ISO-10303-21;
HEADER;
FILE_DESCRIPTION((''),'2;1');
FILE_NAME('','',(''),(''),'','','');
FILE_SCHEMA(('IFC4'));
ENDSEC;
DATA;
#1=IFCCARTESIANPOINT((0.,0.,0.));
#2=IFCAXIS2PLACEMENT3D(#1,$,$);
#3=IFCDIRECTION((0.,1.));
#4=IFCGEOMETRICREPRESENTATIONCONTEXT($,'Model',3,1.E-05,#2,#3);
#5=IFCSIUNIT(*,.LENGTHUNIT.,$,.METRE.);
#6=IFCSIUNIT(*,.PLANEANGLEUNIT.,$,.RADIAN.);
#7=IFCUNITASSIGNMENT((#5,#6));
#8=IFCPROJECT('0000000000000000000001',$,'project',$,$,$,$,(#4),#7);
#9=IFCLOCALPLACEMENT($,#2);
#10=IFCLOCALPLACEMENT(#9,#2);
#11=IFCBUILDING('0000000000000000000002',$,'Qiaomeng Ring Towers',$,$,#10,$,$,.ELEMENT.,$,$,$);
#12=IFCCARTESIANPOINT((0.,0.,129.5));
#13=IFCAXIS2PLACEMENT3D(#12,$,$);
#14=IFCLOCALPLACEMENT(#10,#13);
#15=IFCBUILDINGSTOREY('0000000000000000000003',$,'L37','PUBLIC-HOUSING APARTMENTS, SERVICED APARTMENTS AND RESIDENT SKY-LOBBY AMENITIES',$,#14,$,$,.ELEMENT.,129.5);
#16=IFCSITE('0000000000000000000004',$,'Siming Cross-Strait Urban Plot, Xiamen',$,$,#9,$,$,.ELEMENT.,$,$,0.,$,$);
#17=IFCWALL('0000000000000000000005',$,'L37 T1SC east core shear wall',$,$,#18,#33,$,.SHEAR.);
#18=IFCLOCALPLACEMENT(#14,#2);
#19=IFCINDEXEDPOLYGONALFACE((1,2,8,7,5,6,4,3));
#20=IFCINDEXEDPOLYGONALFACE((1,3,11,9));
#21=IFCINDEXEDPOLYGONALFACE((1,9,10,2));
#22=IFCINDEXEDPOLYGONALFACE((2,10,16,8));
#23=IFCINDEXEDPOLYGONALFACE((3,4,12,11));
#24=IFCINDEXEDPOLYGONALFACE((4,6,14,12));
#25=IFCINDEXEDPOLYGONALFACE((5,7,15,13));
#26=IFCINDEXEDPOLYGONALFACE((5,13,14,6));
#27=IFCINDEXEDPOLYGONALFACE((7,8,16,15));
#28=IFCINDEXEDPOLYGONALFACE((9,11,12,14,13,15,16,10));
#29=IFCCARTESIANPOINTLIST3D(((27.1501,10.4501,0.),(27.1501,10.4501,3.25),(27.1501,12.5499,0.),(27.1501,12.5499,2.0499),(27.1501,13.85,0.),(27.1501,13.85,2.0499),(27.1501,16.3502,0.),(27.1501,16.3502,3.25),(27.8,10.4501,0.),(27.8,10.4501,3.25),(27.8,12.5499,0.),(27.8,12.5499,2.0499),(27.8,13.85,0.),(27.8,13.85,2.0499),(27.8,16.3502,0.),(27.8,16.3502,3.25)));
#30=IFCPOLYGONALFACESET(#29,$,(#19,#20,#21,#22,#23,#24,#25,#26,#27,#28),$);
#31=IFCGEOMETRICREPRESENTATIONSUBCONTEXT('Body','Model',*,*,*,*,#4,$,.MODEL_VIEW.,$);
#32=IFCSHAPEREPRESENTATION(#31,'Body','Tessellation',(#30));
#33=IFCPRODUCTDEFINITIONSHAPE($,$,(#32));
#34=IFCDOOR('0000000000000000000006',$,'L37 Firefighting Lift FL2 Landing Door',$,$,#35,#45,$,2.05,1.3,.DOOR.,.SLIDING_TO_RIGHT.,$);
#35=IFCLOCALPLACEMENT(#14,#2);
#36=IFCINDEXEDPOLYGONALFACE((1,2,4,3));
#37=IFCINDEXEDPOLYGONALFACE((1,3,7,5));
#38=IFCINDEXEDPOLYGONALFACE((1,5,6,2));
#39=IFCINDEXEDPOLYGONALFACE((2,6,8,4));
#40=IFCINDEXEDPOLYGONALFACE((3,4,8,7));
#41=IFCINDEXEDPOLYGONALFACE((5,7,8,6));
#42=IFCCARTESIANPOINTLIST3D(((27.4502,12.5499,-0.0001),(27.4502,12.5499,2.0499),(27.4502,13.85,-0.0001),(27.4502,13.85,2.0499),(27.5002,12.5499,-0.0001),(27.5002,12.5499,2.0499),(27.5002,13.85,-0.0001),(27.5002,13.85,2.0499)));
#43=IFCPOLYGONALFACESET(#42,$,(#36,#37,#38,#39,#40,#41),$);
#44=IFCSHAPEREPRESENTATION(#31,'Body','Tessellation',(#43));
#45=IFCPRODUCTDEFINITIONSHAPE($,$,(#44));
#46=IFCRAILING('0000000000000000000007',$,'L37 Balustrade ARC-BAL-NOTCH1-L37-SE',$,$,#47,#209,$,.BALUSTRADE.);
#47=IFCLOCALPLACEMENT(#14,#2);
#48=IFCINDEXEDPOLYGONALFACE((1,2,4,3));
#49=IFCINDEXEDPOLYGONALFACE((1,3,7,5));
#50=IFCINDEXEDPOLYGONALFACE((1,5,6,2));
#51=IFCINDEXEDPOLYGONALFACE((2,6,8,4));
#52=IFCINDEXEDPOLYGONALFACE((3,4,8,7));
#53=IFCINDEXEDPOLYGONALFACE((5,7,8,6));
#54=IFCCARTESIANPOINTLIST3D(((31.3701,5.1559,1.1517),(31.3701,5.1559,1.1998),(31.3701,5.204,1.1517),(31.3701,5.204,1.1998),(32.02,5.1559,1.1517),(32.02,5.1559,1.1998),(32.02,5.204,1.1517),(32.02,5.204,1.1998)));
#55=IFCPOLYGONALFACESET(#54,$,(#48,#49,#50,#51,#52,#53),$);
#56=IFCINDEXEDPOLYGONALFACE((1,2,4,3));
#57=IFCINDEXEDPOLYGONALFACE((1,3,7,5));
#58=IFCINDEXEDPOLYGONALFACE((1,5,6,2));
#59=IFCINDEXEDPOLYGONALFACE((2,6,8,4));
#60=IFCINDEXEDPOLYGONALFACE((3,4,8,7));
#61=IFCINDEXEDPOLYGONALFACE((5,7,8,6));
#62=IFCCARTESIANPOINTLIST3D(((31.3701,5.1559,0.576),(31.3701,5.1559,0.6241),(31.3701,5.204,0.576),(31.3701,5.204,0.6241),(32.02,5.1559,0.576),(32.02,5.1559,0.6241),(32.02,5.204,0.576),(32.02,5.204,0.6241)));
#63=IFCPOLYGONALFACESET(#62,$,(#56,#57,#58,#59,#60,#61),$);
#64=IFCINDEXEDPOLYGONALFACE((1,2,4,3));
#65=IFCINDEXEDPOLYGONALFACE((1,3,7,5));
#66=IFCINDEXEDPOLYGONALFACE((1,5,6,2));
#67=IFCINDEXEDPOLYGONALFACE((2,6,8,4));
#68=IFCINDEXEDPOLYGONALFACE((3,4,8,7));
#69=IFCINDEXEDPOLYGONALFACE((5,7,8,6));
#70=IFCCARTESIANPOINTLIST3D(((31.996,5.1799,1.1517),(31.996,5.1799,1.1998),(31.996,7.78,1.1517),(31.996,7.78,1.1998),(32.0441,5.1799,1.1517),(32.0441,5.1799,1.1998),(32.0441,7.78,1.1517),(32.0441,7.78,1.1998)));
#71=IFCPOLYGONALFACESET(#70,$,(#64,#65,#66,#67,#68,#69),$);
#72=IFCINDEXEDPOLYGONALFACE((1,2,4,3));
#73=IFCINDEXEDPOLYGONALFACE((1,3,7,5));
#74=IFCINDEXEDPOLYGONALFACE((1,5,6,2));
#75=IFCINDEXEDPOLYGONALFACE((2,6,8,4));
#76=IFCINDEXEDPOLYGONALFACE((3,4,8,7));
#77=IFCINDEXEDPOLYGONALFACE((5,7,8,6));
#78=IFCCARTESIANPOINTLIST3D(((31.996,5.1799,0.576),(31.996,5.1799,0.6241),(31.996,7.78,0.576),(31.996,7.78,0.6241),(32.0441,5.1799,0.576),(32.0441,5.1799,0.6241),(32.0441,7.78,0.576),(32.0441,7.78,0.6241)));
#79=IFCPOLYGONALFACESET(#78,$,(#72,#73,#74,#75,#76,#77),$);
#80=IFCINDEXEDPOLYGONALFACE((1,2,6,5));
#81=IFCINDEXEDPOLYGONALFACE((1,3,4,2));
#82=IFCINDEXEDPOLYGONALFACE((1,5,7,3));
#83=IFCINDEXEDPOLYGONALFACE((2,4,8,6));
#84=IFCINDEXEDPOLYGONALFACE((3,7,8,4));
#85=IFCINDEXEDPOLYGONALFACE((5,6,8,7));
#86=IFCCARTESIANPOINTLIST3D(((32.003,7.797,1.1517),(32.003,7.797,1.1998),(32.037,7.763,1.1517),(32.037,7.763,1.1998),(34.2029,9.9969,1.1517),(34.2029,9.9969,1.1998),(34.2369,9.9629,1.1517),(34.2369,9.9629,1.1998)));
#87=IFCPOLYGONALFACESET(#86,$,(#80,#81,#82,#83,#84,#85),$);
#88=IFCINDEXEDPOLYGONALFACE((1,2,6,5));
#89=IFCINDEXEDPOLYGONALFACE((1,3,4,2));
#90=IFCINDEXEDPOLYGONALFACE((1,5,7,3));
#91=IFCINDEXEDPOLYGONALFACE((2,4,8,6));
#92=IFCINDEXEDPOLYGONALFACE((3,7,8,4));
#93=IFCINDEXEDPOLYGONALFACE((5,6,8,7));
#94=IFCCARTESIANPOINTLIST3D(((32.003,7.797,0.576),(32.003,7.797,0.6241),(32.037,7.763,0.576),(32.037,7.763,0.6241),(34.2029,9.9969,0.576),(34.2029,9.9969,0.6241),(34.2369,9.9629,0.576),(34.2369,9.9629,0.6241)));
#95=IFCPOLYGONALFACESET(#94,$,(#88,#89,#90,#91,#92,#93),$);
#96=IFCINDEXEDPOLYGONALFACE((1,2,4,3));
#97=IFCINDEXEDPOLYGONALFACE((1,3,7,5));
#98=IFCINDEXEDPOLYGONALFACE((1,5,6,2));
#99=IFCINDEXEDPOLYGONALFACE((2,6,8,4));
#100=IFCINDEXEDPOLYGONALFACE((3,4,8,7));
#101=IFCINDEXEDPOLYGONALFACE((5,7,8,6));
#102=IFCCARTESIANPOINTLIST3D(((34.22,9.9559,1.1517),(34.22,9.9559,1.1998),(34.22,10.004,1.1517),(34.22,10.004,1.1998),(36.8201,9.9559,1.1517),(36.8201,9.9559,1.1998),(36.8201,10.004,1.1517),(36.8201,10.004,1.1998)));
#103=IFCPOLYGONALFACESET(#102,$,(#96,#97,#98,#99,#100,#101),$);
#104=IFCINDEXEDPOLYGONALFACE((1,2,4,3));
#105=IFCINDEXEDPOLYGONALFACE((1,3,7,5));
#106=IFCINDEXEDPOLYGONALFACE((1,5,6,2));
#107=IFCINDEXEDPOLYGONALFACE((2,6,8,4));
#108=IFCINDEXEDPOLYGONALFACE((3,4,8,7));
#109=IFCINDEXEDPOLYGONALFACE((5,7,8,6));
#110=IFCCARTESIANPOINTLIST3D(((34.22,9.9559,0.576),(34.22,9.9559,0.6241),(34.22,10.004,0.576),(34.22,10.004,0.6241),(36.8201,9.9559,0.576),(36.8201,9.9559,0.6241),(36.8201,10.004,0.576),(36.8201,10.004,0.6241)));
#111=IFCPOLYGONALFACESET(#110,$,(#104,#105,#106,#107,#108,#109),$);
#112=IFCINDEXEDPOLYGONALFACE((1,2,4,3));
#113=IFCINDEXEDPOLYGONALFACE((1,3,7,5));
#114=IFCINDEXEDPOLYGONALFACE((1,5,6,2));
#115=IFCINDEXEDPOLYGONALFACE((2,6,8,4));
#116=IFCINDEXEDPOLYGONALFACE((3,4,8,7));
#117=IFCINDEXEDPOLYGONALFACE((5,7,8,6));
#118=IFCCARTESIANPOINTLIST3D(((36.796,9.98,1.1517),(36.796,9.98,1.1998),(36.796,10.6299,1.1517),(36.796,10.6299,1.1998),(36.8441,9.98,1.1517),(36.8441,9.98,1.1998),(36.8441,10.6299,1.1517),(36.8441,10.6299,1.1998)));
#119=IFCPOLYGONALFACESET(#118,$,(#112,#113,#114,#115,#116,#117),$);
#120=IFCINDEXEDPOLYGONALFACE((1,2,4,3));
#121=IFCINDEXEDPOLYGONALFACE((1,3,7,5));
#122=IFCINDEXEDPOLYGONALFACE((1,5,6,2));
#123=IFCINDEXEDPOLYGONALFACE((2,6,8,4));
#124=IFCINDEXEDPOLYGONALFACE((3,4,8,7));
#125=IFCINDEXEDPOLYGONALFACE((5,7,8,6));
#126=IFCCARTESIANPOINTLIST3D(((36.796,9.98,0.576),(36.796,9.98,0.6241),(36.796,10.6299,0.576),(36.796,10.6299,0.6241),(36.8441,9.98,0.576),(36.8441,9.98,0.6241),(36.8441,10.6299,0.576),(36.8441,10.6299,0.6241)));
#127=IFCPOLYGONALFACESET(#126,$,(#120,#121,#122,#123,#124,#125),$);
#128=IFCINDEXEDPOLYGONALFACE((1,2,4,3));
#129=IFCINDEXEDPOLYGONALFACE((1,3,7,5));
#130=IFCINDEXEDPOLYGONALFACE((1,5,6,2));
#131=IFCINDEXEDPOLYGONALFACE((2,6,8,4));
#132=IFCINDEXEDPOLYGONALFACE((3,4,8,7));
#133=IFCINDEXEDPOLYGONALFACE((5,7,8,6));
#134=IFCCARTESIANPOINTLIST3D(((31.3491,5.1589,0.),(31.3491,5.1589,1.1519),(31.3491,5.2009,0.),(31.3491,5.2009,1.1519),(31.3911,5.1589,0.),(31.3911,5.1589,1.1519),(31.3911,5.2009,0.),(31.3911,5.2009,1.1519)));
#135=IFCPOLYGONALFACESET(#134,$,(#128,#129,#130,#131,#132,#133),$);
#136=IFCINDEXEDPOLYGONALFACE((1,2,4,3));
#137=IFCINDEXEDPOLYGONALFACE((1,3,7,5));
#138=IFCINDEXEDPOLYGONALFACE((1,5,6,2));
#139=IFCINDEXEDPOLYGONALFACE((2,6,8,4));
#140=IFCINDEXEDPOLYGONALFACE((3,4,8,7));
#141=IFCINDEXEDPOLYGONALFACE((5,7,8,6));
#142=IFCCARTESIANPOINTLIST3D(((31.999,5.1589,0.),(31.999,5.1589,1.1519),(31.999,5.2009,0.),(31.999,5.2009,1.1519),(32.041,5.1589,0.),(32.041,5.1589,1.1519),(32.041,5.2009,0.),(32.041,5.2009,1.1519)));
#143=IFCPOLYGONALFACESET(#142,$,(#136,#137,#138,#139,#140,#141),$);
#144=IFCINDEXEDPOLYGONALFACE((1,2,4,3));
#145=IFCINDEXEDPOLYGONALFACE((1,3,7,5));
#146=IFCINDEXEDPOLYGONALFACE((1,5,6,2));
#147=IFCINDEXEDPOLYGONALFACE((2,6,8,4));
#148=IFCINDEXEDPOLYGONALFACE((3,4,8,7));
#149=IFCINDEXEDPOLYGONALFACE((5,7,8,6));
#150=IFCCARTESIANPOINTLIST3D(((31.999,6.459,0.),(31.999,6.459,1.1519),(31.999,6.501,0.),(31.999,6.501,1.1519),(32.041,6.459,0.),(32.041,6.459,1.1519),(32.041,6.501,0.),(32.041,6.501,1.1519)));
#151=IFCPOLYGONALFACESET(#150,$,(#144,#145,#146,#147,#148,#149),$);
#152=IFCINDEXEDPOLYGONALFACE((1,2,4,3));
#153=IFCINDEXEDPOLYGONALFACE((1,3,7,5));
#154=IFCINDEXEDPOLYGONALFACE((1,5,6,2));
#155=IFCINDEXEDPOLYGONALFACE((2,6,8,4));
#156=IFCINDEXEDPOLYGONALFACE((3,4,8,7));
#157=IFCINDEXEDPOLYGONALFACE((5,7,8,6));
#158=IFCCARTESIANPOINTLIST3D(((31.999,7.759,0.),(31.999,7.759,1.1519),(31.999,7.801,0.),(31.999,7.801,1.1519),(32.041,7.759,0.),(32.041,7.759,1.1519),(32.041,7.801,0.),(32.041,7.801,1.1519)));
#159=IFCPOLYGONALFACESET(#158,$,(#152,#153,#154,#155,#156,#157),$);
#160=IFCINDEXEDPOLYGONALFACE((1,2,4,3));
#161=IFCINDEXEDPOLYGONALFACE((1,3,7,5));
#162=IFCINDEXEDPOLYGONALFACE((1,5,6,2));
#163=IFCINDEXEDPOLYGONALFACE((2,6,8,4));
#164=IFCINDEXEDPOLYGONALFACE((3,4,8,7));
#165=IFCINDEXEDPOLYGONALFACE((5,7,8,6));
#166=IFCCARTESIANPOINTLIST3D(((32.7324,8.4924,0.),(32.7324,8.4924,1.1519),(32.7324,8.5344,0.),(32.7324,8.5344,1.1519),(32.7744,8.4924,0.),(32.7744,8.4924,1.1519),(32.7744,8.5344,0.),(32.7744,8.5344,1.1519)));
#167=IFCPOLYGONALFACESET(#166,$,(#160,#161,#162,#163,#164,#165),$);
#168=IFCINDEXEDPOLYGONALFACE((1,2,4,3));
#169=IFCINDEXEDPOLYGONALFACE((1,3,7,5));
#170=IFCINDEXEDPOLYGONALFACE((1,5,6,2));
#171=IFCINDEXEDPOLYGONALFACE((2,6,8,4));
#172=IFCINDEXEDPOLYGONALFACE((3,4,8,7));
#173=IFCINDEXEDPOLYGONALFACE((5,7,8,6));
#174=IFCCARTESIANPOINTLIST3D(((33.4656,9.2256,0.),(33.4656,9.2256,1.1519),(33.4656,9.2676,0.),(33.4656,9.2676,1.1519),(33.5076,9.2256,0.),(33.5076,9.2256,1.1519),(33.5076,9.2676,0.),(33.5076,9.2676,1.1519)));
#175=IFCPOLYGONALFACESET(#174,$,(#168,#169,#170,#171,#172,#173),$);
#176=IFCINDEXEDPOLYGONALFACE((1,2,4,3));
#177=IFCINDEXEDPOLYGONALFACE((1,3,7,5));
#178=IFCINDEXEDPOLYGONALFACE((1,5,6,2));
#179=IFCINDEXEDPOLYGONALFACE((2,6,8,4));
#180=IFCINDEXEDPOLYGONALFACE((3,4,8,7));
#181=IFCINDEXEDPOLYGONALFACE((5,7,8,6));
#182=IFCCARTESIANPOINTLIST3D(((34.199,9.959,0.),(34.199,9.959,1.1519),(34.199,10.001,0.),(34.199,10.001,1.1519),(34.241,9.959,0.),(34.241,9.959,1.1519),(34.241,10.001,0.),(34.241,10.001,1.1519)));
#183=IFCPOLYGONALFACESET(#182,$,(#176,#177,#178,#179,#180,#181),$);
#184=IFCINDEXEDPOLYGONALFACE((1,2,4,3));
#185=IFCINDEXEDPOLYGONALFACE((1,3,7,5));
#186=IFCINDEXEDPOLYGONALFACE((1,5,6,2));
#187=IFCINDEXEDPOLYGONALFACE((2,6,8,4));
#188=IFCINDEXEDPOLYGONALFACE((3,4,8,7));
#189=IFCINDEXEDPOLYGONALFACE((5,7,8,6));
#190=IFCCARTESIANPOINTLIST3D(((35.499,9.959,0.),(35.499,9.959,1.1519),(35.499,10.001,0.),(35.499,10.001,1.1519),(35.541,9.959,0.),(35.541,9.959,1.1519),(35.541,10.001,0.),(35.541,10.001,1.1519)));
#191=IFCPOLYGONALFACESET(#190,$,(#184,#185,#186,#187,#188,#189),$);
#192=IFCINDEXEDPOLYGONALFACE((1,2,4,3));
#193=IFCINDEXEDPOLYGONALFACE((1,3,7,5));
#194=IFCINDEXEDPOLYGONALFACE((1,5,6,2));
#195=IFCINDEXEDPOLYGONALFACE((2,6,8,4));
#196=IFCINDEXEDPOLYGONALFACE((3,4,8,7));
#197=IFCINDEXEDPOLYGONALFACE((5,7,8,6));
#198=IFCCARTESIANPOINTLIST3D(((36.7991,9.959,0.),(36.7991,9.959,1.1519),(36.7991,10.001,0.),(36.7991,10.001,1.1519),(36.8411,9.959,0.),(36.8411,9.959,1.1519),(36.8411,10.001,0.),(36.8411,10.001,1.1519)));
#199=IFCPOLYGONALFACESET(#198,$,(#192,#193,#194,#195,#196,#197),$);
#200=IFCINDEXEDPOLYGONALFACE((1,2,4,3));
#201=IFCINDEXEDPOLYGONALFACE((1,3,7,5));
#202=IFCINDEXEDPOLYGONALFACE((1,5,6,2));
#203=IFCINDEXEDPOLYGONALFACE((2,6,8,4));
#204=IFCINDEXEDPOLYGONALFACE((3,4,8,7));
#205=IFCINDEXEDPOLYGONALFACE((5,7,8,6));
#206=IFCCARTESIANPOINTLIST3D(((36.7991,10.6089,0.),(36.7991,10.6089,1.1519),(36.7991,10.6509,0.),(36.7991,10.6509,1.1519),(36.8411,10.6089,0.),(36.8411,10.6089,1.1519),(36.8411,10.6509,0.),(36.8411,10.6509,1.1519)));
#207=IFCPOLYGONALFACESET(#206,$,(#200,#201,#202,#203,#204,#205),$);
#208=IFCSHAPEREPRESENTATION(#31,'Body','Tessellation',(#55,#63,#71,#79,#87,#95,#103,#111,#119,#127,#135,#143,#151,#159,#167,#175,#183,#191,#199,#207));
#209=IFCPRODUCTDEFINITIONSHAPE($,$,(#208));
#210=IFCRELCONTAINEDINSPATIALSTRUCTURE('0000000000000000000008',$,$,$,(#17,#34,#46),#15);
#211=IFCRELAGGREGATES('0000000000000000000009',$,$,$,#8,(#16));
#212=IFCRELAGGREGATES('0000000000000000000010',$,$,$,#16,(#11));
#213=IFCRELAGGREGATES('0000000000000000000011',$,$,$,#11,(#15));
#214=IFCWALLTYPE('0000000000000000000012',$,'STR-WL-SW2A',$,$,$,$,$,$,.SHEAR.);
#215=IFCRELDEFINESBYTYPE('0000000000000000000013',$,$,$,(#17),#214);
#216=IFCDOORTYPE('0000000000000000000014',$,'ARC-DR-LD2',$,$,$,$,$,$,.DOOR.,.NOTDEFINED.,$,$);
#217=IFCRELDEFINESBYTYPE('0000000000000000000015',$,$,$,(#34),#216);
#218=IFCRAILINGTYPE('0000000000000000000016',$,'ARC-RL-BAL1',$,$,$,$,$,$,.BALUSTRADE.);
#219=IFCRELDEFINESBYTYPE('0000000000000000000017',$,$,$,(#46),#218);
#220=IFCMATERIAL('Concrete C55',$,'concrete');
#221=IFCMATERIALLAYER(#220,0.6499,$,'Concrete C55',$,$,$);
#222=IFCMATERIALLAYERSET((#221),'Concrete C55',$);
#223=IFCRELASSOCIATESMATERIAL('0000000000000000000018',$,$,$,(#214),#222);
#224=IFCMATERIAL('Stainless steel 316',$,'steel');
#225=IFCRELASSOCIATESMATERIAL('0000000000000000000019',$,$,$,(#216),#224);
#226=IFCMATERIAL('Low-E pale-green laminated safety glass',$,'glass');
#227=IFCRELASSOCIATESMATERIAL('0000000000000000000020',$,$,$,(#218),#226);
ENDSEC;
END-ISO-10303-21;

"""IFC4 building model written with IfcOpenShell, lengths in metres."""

from ifc_helpers import new_model, si_unit, direction, frame, frame_2d, origin, origin_2d, place, context, subcontext, project, spatial, rectangle, extrude, source, transform, mapped, material, layer, layer_set, type_object, element, fill, save


model = new_model("IFC4")

# Units and contexts
model_context = context("Model", 3, precision=1e-05, world=origin(), true_north=direction((0.0, 1.0)))
body_context = subcontext(model_context, "Body", "Model", "MODEL_VIEW")
ifc_project = project(units=[si_unit("LENGTHUNIT", "METRE"), si_unit("PLANEANGLEUNIT", "RADIAN")], contexts=[model_context])

# Site, building, storey
site_placement = place(None, origin())
site = spatial("IfcSite", under=ifc_project, at=site_placement, Name="Siming Cross-Strait Urban Plot, Xiamen", CompositionType="ELEMENT", RefElevation=0.0)
building_placement = place(site_placement, origin())
building = spatial("IfcBuilding", under=site, at=building_placement, Name="Qiaomeng Ring Towers", CompositionType="ELEMENT")
storey_placement = place(building_placement, frame((0.0, 0.0, 129.5)))
storey = spatial("IfcBuildingStorey", under=building, at=storey_placement, Name="L37", Description="PUBLIC-HOUSING APARTMENTS, SERVICED APARTMENTS AND RESIDENT SKY-LOBBY AMENITIES", CompositionType="ELEMENT", Elevation=129.5)

# Shared definitions
ifc_material_1 = material(Name="Concrete C55", Category="concrete")

# Wall, opening, door
ifc_layer_1 = layer(ifc_material_1, 0.6499, Name="Concrete C55")
ifc_layer_set_1 = layer_set([ifc_layer_1], Name="Concrete C55")
wall_type_1 = type_object("IfcWallType", Name="STR-WL-SW2A", PredefinedType="SHEAR", material=ifc_layer_set_1)
wall_1_placement = place(storey_placement, frame((27.4751, 10.45, 0.0), z_axis=(0.0, 0.0, 1.0), x_axis=(0.0, 1.0, 0.0)))
wall_1 = element("IfcWall", 1, at=wall_1_placement, inside=storey, type_object=wall_type_1, Name="L37 T1SC east core shear wall", PredefinedType="SHEAR", context=body_context, shape_type="SweptSolid", body=[
    extrude(rectangle(XDim=5.9001, YDim=0.6499, at=frame_2d((2.9502, 0.0))), origin(), (0.0, 0.0, 1.0), 3.25),
])
opening_1_placement = place(wall_1_placement, frame((2.1001, 0.0, 0.0)))
opening_1 = element("IfcOpeningElement", 2, at=opening_1_placement, cuts=wall_1, PredefinedType="OPENING", context=body_context, shape_type="SweptSolid", body=[
    extrude(rectangle(XDim=1.3, YDim=2.05, at=frame_2d((0.6499, 1.0249))), frame((0.0, 0.335, 0.0), z_axis=(0.0, -1.0, 0.0), x_axis=(1.0, 0.0, 0.0)), (0.0, 0.0, 1.0), 0.6699),
])
ifc_material_2 = material(Name="Stainless steel 316", Category="steel")
door_type_1 = type_object("IfcDoorType", Name="ARC-DR-LD2", OperationType="NOTDEFINED", PredefinedType="DOOR", material=ifc_material_2)
shared_shape_1 = source(origin(), body_context, "Body", "SweptSolid", [
    extrude(rectangle(XDim=1.3, YDim=2.05, at=frame_2d((0.6499, 1.0249))), frame((0.0, 0.0249, 0.0), z_axis=(0.0, -1.0, 0.0), x_axis=(1.0, 0.0, 0.0)), (0.0, 0.0, 1.0), 0.05),
])
door_1_placement = place(opening_1_placement, origin())
door_1 = element("IfcDoor", 3, at=door_1_placement, inside=storey, type_object=door_type_1, Name="L37 Firefighting Lift FL2 Landing Door", OperationType="SLIDING_TO_RIGHT", OverallHeight=2.05, OverallWidth=1.3, PredefinedType="DOOR", context=body_context, shape_type="MappedRepresentation", body=[
    mapped(shared_shape_1, transform((0.0, 0.0, 0.0), x_axis=(1.0, 0.0, 0.0), y_axis=(0.0, 1.0, 0.0), z_axis=(0.0, 0.0, 1.0), scale=1.0)),
])
fill(opening_1, door_1)

# Railing
ifc_material_3 = material(Name="Low-E pale-green laminated safety glass", Category="glass")
railing_type = type_object("IfcRailingType", Name="ARC-RL-BAL1", PredefinedType="BALUSTRADE", material=ifc_material_3)
railing_placement = place(storey_placement, frame((31.3701, 5.1799, 0.0)))
element("IfcRailing", 4, at=railing_placement, inside=storey, type_object=railing_type, Name="L37 Balustrade ARC-BAL-NOTCH1-L37-SE", PredefinedType="BALUSTRADE", context=body_context, shape_type="SweptSolid", body=[
    extrude(rectangle(XDim=0.0481, YDim=0.0481, at=origin_2d()), frame((0.0, 0.0, 1.1758), z_axis=(1.0, 0.0, 0.0), x_axis=(0.0, 1.0, 0.0)), (0.0, 0.0, 1.0), 0.6499),
    extrude(rectangle(XDim=0.0481, YDim=0.0481, at=origin_2d()), frame((0.0, 0.0, 0.6001), z_axis=(1.0, 0.0, 0.0), x_axis=(0.0, 1.0, 0.0)), (0.0, 0.0, 1.0), 0.6499),
    extrude(rectangle(XDim=0.0481, YDim=0.0481, at=origin_2d()), frame((0.6499, 0.0, 1.1758), z_axis=(0.0, 1.0, 0.0), x_axis=(-1.0, 0.0, 0.0)), (0.0, 0.0, 1.0), 2.6001),
    extrude(rectangle(XDim=0.0481, YDim=0.0481, at=origin_2d()), frame((0.6499, 0.0, 0.6001), z_axis=(0.0, 1.0, 0.0), x_axis=(-1.0, 0.0, 0.0)), (0.0, 0.0, 1.0), 2.6001),
    extrude(rectangle(XDim=0.0481, YDim=0.0481, at=origin_2d()), frame((0.6499, 2.6001, 1.1758), z_axis=(0.707107, 0.707107, 0.0), x_axis=(-0.707107, 0.707107, 0.0)), (0.0, 0.0, 1.0), 3.1111),
    extrude(rectangle(XDim=0.0481, YDim=0.0481, at=origin_2d()), frame((0.6499, 2.6001, 0.6001), z_axis=(0.707107, 0.707107, 0.0), x_axis=(-0.707107, 0.707107, 0.0)), (0.0, 0.0, 1.0), 3.1111),
    extrude(rectangle(XDim=0.0481, YDim=0.0481, at=origin_2d()), frame((2.8499, 4.8, 1.1758), z_axis=(1.0, 0.0, 0.0), x_axis=(0.0, 1.0, 0.0)), (0.0, 0.0, 1.0), 2.6001),
    extrude(rectangle(XDim=0.0481, YDim=0.0481, at=origin_2d()), frame((2.8499, 4.8, 0.6001), z_axis=(1.0, 0.0, 0.0), x_axis=(0.0, 1.0, 0.0)), (0.0, 0.0, 1.0), 2.6001),
    extrude(rectangle(XDim=0.0481, YDim=0.0481, at=origin_2d()), frame((5.45, 4.8, 1.1758), z_axis=(0.0, 1.0, 0.0), x_axis=(-1.0, 0.0, 0.0)), (0.0, 0.0, 1.0), 0.6499),
    extrude(rectangle(XDim=0.0481, YDim=0.0481, at=origin_2d()), frame((5.45, 4.8, 0.6001), z_axis=(0.0, 1.0, 0.0), x_axis=(-1.0, 0.0, 0.0)), (0.0, 0.0, 1.0), 0.6499),
    extrude(rectangle(XDim=0.042, YDim=0.042, at=origin_2d()), origin(), (0.0, 0.0, 1.0), 1.1519),
    extrude(rectangle(XDim=0.042, YDim=0.042, at=origin_2d()), frame((0.6499, 0.0, 0.0)), (0.0, 0.0, 1.0), 1.1519),
    extrude(rectangle(XDim=0.042, YDim=0.042, at=origin_2d()), frame((0.6499, 1.3, 0.0)), (0.0, 0.0, 1.0), 1.1519),
    extrude(rectangle(XDim=0.042, YDim=0.042, at=origin_2d()), frame((0.6499, 2.6001, 0.0)), (0.0, 0.0, 1.0), 1.1519),
    extrude(rectangle(XDim=0.042, YDim=0.042, at=origin_2d()), frame((1.3833, 3.3335, 0.0)), (0.0, 0.0, 1.0), 1.1519),
    extrude(rectangle(XDim=0.042, YDim=0.042, at=origin_2d()), frame((2.1165, 4.0667, 0.0)), (0.0, 0.0, 1.0), 1.1519),
    extrude(rectangle(XDim=0.042, YDim=0.042, at=origin_2d()), frame((2.8499, 4.8, 0.0)), (0.0, 0.0, 1.0), 1.1519),
    extrude(rectangle(XDim=0.042, YDim=0.042, at=origin_2d()), frame((4.1499, 4.8, 0.0)), (0.0, 0.0, 1.0), 1.1519),
    extrude(rectangle(XDim=0.042, YDim=0.042, at=origin_2d()), frame((5.45, 4.8, 0.0)), (0.0, 0.0, 1.0), 1.1519),
    extrude(rectangle(XDim=0.042, YDim=0.042, at=origin_2d()), frame((5.45, 5.45, 0.0)), (0.0, 0.0, 1.0), 1.1519),
])

save(model, "model.ifc")
